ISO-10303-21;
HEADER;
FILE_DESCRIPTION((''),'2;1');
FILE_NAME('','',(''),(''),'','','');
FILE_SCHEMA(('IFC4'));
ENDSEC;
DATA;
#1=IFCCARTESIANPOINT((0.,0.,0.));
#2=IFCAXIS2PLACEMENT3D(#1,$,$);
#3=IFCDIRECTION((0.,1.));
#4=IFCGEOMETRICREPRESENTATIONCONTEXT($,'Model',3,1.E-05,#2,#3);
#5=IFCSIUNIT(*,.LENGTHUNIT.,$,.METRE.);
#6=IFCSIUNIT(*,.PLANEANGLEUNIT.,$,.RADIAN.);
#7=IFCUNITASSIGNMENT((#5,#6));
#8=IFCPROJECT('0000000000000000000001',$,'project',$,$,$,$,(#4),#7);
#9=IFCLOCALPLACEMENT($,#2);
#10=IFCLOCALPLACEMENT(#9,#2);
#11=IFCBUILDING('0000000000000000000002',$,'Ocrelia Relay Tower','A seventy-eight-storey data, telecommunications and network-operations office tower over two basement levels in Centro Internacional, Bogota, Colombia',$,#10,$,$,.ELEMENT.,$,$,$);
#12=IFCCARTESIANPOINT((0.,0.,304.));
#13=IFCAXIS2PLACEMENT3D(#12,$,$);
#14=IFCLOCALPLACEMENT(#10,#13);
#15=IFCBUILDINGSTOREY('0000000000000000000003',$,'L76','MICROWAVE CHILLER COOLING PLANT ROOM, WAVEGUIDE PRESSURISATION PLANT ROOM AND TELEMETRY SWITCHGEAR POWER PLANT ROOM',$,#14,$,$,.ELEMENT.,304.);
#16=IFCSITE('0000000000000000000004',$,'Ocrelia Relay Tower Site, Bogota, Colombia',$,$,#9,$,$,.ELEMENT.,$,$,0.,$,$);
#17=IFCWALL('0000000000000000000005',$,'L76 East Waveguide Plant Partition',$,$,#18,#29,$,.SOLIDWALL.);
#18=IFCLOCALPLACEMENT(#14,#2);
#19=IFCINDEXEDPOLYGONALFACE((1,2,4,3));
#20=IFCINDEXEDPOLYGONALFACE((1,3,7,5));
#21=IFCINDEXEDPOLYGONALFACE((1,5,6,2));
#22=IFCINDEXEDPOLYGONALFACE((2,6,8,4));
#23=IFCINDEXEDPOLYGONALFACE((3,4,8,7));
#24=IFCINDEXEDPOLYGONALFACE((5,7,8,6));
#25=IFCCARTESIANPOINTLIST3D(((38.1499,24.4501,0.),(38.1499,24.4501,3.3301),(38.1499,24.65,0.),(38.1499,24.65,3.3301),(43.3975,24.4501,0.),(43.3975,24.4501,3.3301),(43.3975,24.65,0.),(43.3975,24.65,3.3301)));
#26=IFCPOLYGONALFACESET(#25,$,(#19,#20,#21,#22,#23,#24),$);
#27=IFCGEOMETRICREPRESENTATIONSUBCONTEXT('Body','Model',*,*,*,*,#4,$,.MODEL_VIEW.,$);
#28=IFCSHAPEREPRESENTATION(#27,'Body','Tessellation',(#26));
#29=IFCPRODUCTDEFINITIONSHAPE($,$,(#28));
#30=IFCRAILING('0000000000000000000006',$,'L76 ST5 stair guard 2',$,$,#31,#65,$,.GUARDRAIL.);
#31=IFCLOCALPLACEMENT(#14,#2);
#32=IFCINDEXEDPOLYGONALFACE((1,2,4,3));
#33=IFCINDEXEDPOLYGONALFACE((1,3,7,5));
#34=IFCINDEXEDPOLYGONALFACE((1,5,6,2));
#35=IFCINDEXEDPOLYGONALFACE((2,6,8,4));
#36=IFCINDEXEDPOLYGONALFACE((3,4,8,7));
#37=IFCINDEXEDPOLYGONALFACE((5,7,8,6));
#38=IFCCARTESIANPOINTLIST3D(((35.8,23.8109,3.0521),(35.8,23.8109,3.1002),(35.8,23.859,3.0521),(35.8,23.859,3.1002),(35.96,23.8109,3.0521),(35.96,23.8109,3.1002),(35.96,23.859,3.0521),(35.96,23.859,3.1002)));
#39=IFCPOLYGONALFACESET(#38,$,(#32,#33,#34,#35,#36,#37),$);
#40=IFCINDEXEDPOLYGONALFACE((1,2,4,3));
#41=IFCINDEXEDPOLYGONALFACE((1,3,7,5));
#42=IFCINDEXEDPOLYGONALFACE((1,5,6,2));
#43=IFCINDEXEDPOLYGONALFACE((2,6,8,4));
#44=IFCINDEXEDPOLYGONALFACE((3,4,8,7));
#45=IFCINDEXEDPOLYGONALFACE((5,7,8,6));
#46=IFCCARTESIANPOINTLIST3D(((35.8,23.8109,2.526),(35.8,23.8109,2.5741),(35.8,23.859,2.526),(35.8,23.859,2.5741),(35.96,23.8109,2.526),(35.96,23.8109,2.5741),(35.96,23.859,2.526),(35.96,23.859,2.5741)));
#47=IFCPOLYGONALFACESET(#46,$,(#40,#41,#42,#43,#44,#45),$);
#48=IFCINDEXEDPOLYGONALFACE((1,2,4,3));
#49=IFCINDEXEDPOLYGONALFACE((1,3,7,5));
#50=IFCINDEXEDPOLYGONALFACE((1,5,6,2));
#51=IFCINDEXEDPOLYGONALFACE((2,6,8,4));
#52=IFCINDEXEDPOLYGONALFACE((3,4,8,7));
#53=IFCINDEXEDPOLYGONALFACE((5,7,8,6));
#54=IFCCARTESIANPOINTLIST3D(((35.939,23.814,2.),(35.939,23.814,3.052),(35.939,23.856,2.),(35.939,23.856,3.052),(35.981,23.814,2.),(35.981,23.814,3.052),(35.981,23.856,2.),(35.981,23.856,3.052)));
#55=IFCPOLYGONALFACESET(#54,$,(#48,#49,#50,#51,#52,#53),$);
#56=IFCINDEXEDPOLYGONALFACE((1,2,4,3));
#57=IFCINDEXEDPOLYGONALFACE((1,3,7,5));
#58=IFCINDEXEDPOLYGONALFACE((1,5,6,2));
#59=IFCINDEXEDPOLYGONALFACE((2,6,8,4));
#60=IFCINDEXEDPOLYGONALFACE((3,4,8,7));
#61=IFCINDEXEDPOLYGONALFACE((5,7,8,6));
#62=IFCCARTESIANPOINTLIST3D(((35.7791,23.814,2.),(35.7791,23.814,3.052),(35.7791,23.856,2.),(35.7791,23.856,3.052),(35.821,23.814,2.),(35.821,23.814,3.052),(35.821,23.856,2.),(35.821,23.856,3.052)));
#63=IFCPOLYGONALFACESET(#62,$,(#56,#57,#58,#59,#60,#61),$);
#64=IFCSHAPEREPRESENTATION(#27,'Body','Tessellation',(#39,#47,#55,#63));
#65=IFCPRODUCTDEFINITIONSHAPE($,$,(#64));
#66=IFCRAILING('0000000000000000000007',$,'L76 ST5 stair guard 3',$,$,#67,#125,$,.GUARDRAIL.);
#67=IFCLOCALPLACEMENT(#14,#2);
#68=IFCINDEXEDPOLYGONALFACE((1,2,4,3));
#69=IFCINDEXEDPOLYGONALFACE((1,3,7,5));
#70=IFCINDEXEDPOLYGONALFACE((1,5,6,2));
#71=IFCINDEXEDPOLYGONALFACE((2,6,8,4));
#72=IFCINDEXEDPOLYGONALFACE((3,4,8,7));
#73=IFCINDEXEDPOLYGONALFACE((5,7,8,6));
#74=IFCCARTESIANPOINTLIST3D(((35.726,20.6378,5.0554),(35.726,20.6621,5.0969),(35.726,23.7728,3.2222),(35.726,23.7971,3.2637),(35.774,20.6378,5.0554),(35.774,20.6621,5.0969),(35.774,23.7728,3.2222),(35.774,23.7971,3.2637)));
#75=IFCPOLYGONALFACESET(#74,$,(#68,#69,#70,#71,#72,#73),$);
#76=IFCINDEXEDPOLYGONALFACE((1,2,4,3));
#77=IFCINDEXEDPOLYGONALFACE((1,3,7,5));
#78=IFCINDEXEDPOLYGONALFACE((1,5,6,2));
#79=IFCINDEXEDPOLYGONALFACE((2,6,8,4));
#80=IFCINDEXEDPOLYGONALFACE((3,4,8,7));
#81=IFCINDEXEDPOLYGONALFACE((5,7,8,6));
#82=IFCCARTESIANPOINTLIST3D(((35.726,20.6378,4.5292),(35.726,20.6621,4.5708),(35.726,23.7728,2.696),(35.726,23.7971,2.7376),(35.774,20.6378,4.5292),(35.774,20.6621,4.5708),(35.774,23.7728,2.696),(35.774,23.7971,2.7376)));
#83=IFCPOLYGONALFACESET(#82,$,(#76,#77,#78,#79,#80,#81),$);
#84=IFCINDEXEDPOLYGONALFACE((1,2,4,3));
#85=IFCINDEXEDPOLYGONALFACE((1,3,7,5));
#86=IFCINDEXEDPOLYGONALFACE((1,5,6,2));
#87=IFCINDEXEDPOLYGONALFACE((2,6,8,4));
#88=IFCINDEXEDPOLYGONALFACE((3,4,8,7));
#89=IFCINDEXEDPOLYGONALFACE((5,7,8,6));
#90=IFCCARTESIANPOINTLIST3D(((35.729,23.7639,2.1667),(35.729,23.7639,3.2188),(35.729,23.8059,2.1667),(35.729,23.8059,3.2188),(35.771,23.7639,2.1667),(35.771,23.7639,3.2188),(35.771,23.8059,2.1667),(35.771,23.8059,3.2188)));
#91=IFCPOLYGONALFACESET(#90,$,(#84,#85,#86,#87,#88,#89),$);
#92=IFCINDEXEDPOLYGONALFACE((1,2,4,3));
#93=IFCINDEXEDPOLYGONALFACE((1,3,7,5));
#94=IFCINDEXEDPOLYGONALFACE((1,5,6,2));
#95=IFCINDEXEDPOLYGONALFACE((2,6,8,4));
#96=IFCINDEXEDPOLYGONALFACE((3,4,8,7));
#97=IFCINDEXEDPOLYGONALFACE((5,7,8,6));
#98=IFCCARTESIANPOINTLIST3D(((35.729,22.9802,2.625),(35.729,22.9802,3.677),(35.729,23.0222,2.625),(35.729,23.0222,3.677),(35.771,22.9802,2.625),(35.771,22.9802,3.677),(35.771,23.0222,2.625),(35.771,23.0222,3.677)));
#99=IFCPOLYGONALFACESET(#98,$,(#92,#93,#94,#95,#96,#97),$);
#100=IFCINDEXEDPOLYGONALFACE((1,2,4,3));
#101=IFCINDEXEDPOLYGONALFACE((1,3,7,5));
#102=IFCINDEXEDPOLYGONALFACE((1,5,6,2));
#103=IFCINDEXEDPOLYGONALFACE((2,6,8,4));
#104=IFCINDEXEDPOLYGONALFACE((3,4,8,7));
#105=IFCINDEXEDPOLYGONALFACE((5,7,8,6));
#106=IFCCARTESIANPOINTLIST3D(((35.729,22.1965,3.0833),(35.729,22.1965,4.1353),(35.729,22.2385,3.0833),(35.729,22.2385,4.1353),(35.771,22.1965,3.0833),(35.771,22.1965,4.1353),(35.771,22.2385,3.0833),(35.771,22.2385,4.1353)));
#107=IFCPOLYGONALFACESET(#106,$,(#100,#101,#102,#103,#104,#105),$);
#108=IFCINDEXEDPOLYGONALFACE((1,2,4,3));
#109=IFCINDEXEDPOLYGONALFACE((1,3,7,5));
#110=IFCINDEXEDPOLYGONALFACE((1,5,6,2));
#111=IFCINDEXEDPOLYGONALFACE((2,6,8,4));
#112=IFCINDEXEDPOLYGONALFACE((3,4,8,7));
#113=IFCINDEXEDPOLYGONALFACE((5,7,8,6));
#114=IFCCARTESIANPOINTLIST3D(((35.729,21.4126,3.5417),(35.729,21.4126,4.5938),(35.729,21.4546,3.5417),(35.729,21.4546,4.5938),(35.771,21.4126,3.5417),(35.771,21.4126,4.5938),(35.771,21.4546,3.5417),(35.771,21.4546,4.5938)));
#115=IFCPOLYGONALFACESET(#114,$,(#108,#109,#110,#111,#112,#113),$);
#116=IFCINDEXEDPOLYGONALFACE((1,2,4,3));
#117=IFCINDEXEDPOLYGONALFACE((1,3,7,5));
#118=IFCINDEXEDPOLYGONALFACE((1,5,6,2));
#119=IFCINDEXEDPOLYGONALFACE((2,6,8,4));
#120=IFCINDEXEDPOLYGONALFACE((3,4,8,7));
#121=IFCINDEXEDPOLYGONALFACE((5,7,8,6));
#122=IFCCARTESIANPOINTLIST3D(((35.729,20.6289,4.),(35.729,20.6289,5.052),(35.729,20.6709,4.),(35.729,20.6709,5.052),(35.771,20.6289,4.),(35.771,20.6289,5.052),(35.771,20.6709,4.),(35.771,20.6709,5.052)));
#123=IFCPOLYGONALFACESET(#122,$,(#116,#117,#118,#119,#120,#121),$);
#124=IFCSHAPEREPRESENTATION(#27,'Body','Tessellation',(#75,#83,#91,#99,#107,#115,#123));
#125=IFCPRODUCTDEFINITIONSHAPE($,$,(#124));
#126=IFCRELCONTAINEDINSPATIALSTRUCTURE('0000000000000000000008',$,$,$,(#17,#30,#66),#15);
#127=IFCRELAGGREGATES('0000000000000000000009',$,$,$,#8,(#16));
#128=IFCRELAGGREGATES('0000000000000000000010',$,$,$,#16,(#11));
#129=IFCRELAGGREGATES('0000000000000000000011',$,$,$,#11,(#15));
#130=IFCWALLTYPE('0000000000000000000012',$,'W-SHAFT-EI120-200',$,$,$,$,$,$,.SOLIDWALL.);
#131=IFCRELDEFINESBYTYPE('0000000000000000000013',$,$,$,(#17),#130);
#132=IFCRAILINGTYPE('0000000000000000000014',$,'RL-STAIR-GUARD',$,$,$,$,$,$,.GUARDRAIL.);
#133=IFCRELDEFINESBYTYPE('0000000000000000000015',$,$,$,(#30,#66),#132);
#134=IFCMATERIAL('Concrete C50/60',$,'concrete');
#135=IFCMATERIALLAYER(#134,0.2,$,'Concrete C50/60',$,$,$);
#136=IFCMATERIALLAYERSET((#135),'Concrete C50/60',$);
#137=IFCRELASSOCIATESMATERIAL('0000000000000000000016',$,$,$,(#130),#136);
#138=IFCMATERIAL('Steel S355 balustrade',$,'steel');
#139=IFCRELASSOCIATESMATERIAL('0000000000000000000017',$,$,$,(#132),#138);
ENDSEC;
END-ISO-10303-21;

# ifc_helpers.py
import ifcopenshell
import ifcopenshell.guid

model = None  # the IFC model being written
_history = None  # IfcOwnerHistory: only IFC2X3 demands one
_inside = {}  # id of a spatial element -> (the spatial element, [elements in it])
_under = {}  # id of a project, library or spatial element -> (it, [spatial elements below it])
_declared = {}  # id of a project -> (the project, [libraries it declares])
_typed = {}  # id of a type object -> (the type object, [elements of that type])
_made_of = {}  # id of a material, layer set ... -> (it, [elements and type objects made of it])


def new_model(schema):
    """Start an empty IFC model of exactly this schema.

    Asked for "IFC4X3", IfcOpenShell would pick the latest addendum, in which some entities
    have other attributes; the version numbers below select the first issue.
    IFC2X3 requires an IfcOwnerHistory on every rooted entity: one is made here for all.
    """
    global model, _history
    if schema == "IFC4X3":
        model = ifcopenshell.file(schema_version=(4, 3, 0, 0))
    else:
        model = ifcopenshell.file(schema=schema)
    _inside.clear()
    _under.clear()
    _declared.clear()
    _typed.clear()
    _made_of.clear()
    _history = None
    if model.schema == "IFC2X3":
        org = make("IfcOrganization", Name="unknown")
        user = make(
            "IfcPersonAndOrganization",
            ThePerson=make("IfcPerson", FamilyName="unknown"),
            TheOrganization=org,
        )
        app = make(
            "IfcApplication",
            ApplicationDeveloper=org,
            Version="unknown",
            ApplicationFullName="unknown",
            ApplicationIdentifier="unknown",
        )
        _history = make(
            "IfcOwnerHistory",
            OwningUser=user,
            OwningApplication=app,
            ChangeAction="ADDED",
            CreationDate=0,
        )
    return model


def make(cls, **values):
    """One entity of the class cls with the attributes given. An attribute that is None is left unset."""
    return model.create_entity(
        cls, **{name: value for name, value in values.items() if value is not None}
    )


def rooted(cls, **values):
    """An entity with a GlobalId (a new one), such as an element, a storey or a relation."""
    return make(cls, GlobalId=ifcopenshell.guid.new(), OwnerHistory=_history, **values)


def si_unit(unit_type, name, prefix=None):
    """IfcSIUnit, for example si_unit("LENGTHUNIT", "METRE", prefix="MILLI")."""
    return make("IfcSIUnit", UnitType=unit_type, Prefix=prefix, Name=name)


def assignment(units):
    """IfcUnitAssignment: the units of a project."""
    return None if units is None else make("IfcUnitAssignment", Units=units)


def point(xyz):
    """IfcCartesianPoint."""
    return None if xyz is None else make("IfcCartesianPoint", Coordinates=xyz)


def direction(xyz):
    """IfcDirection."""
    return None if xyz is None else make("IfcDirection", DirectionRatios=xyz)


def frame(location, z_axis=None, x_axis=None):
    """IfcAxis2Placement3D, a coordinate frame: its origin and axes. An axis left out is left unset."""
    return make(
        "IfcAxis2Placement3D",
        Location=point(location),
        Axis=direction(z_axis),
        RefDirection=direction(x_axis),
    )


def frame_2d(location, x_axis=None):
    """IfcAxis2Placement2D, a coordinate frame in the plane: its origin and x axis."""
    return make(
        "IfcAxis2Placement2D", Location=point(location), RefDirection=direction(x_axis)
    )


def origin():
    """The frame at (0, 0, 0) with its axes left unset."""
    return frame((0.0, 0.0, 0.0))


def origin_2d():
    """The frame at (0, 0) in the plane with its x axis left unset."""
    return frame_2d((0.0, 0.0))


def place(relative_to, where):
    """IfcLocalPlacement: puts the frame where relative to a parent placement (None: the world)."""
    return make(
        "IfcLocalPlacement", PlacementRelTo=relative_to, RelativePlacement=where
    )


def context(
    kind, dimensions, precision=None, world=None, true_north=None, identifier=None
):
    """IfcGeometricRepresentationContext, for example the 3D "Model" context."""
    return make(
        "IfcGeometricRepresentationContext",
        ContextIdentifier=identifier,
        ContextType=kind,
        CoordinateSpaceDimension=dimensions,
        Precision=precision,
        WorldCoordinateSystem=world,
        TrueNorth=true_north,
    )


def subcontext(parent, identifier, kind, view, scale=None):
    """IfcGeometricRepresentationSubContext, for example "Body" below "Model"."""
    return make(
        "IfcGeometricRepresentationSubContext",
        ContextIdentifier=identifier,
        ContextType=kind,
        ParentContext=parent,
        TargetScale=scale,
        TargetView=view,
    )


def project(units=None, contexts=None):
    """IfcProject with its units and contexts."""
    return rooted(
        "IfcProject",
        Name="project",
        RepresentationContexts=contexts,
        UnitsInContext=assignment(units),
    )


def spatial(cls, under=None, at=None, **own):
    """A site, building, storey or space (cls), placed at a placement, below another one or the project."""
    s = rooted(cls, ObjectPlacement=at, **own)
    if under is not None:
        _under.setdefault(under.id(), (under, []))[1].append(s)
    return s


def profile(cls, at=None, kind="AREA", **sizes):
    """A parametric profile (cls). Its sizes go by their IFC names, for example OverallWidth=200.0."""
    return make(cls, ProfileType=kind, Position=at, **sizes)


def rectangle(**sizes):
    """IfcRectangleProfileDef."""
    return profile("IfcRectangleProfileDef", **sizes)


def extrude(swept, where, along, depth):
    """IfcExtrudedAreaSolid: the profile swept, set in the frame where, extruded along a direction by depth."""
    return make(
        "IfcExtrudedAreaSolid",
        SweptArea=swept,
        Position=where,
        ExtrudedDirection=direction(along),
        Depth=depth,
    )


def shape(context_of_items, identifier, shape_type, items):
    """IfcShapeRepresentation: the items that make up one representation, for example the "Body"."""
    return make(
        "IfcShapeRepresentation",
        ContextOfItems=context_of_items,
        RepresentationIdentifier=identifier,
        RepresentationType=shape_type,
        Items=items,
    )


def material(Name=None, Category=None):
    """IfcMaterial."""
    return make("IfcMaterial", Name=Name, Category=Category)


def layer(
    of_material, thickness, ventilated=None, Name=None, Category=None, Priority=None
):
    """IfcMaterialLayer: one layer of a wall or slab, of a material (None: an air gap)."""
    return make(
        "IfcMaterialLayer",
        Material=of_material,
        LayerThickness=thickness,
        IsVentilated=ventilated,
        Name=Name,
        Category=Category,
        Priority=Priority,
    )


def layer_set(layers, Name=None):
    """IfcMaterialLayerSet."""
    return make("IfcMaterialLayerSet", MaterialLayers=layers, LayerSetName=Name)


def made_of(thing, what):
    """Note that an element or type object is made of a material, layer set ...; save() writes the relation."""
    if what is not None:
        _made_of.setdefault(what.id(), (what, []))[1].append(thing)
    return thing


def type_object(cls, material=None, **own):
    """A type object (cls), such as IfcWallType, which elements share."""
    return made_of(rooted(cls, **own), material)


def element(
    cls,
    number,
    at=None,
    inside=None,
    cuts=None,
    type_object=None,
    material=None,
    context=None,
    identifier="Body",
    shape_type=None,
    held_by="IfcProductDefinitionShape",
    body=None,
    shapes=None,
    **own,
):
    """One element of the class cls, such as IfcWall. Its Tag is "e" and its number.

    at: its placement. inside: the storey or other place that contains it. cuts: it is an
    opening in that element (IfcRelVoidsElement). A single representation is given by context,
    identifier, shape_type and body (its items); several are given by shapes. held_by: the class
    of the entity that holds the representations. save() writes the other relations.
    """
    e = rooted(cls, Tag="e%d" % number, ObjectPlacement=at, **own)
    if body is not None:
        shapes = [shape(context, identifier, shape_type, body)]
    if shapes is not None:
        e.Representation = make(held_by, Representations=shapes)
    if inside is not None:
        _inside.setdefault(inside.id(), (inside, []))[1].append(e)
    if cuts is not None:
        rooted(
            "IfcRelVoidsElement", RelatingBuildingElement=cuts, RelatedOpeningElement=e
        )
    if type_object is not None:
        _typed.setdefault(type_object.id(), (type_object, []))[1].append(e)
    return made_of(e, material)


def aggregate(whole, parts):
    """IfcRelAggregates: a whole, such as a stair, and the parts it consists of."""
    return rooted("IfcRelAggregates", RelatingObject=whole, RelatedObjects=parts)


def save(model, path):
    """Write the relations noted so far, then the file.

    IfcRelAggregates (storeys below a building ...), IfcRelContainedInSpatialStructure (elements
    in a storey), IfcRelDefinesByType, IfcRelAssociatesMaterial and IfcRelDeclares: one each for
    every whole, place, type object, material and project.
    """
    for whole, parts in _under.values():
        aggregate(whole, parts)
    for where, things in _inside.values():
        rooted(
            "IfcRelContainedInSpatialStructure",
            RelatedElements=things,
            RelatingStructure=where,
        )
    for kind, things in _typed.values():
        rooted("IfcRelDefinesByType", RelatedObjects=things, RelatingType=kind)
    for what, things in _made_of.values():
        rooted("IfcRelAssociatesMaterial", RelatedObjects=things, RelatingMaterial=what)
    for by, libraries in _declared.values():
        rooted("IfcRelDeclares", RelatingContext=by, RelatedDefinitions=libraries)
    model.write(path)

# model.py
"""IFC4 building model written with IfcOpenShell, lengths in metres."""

from ifc_helpers import new_model, si_unit, direction, frame, frame_2d, origin, origin_2d, place, context, subcontext, project, spatial, rectangle, extrude, material, layer, layer_set, type_object, element, save


model = new_model("IFC4")

# Units and contexts
model_context = context("Model", 3, precision=1e-05, world=origin(), true_north=direction((0.0, 1.0)))
body_context = subcontext(model_context, "Body", "Model", "MODEL_VIEW")
ifc_project = project(units=[si_unit("LENGTHUNIT", "METRE"), si_unit("PLANEANGLEUNIT", "RADIAN")], contexts=[model_context])

# Site, building, storey
site_placement = place(None, origin())
site = spatial("IfcSite", under=ifc_project, at=site_placement, Name="Ocrelia Relay Tower Site, Bogota, Colombia", CompositionType="ELEMENT", RefElevation=0.0)
building_placement = place(site_placement, origin())
building = spatial("IfcBuilding", under=site, at=building_placement, Name="Ocrelia Relay Tower", Description="A seventy-eight-storey data, telecommunications and network-operations office tower over two basement levels in Centro Internacional, Bogota, Colombia", CompositionType="ELEMENT")
storey_placement = place(building_placement, frame((0.0, 0.0, 304.0)))
storey = spatial("IfcBuildingStorey", under=building, at=storey_placement, Name="L76", Description="MICROWAVE CHILLER COOLING PLANT ROOM, WAVEGUIDE PRESSURISATION PLANT ROOM AND TELEMETRY SWITCHGEAR POWER PLANT ROOM", CompositionType="ELEMENT", Elevation=304.0)

# Shared definitions
ifc_material_1 = material(Name="Concrete C50/60", Category="concrete")

# Shared definitions
ifc_layer_1 = layer(ifc_material_1, 0.2, Name="Concrete C50/60")
ifc_layer_set_1 = layer_set([ifc_layer_1], Name="Concrete C50/60")
wall_type_1 = type_object("IfcWallType", Name="W-SHAFT-EI120-200", PredefinedType="SOLIDWALL", material=ifc_layer_set_1)

# Wall
wall_1_placement = place(storey_placement, frame((38.1499, 24.55, 0.0), z_axis=(0.0, 0.0, 1.0), x_axis=(1.0, 0.0, 0.0)))
element("IfcWall", 1, at=wall_1_placement, inside=storey, type_object=wall_type_1, Name="L76 East Waveguide Plant Partition", PredefinedType="SOLIDWALL", context=body_context, shape_type="SweptSolid", body=[
    extrude(rectangle(XDim=5.2476, YDim=0.2, at=frame_2d((2.6238, 0.0))), origin(), (0.0, 0.0, 1.0), 3.3301),
])

# Railings
ifc_material_2 = material(Name="Steel S355 balustrade", Category="steel")
railing_type = type_object("IfcRailingType", Name="RL-STAIR-GUARD", PredefinedType="GUARDRAIL", material=ifc_material_2)
railing_1_placement = place(storey_placement, frame((35.96, 23.835, 2.0)))
element("IfcRailing", 2, at=railing_1_placement, inside=storey, type_object=railing_type, Name="L76 ST5 stair guard 2", PredefinedType="GUARDRAIL", context=body_context, shape_type="SweptSolid", body=[
    extrude(rectangle(XDim=0.0481, YDim=0.0481, at=origin_2d()), frame((0.0, 0.0, 1.0762), z_axis=(-1.0, 0.0, 0.0), x_axis=(0.0, -1.0, 0.0)), (0.0, 0.0, 1.0), 0.1599),
    extrude(rectangle(XDim=0.0481, YDim=0.0481, at=origin_2d()), frame((0.0, 0.0, 0.55), z_axis=(-1.0, 0.0, 0.0), x_axis=(0.0, -1.0, 0.0)), (0.0, 0.0, 1.0), 0.1599),
    extrude(rectangle(XDim=0.042, YDim=0.042, at=origin_2d()), origin(), (0.0, 0.0, 1.0), 1.052),
    extrude(rectangle(XDim=0.042, YDim=0.042, at=origin_2d()), frame((-0.1599, 0.0, 0.0)), (0.0, 0.0, 1.0), 1.052),
])
railing_2_placement = place(storey_placement, frame((35.75, 23.7849, 2.1667)))
element("IfcRailing", 3, at=railing_2_placement, inside=storey, type_object=railing_type, Name="L76 ST5 stair guard 3", PredefinedType="GUARDRAIL", context=body_context, shape_type="SweptSolid", body=[
    extrude(rectangle(XDim=0.0481, YDim=0.0481, at=origin_2d()), frame((0.0, 0.0, 1.0762), z_axis=(0.0, -0.86324, 0.504794), x_axis=(1.0, 0.0, 0.0)), (0.0, 0.0, 1.0), 3.6316),
    extrude(rectangle(XDim=0.0481, YDim=0.0481, at=origin_2d()), frame((0.0, 0.0, 0.55), z_axis=(0.0, -0.86324, 0.504794), x_axis=(1.0, 0.0, 0.0)), (0.0, 0.0, 1.0), 3.6316),
    extrude(rectangle(XDim=0.042, YDim=0.042, at=origin_2d()), origin(), (0.0, 0.0, 1.0), 1.052),
    extrude(rectangle(XDim=0.042, YDim=0.042, at=origin_2d()), frame((0.0, -0.7837, 0.4583)), (0.0, 0.0, 1.0), 1.052),
    extrude(rectangle(XDim=0.042, YDim=0.042, at=origin_2d()), frame((0.0, -1.5674, 0.9165)), (0.0, 0.0, 1.0), 1.052),
    extrude(rectangle(XDim=0.042, YDim=0.042, at=origin_2d()), frame((0.0, -2.3513, 1.375)), (0.0, 0.0, 1.0), 1.052),
    extrude(rectangle(XDim=0.042, YDim=0.042, at=origin_2d()), frame((0.0, -3.135, 1.8333)), (0.0, 0.0, 1.0), 1.052),
])

save(model, "model.ifc")
